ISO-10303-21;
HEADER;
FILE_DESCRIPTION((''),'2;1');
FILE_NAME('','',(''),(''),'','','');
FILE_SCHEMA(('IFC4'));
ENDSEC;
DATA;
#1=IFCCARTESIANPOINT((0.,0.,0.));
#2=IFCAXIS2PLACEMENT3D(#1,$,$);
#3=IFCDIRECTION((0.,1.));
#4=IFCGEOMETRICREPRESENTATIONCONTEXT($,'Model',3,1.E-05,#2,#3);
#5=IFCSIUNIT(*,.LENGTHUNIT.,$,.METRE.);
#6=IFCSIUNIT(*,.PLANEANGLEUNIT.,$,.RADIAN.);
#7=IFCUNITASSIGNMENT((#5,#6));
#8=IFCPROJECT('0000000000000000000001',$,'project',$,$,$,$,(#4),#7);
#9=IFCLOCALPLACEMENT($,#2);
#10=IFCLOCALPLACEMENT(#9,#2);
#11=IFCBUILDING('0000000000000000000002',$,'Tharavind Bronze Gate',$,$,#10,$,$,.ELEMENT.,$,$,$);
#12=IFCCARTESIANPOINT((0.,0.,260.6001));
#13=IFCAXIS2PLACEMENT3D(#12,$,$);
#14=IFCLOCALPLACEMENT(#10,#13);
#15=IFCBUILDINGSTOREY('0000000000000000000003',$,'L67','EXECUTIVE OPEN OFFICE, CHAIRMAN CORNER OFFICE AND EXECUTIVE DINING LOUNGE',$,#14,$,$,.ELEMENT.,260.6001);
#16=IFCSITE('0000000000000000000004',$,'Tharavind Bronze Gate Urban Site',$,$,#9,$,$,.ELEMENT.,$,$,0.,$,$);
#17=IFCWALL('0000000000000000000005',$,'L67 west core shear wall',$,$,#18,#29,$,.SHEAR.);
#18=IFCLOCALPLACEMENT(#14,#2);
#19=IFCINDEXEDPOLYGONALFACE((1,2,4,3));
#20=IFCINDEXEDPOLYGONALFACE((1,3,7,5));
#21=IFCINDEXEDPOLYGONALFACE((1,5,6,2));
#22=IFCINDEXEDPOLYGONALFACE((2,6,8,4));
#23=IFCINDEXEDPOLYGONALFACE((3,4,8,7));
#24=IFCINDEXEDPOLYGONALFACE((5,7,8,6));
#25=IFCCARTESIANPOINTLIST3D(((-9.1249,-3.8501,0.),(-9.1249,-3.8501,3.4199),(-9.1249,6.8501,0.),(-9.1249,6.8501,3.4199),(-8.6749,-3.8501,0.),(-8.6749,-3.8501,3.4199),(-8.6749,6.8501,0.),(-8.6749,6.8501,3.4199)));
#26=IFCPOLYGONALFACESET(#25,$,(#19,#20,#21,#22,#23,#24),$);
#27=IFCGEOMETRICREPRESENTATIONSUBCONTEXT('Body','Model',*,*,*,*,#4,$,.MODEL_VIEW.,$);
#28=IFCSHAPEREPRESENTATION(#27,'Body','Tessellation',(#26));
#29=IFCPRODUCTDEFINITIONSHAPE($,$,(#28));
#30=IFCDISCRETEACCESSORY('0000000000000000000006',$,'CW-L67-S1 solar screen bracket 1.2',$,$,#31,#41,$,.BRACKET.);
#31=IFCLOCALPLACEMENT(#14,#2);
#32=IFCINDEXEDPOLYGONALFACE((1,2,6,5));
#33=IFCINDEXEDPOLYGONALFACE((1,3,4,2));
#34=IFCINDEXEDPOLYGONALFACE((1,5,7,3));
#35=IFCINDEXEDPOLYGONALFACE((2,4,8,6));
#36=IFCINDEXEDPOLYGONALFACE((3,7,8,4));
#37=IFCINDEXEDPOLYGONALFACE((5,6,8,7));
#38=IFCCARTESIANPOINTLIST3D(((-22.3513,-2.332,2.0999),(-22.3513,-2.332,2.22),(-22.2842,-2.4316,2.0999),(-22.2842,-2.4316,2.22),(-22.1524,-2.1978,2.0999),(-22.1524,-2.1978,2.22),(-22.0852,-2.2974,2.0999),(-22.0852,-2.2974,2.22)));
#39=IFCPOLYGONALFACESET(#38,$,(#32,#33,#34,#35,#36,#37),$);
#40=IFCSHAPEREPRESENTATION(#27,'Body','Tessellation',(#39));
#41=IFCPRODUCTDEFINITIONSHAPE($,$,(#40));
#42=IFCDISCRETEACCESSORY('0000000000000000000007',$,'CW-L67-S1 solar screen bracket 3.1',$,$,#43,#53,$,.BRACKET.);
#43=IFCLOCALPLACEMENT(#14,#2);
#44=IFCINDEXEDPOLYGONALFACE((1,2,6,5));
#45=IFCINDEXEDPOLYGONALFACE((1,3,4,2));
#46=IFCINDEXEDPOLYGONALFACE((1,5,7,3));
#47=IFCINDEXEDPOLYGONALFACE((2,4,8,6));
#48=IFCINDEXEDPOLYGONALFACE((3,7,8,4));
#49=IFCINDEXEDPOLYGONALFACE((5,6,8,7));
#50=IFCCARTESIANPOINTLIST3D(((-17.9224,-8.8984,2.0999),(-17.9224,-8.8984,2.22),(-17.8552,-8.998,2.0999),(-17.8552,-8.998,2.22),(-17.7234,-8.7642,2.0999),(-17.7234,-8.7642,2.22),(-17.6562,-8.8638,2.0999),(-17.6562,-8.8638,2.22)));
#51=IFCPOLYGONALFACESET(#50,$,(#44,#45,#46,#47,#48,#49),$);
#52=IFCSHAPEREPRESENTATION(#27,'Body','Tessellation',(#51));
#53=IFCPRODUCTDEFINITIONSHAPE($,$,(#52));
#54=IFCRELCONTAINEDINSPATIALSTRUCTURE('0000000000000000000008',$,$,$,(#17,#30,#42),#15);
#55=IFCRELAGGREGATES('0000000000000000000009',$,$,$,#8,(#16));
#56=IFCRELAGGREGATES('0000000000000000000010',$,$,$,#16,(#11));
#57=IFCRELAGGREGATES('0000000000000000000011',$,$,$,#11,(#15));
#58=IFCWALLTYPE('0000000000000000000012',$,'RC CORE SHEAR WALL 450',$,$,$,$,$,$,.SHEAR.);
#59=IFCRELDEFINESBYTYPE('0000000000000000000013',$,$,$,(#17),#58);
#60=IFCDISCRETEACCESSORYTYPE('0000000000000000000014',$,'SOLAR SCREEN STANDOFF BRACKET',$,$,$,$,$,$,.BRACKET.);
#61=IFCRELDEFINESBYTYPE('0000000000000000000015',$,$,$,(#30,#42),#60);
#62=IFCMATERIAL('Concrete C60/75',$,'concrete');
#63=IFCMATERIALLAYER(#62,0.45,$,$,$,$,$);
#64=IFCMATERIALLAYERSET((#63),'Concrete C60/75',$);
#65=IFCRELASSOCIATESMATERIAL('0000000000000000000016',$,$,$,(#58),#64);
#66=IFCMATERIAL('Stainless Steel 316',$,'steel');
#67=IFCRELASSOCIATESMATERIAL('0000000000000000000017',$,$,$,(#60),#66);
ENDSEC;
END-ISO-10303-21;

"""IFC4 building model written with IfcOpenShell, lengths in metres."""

from ifc_helpers import new_model, si_unit, direction, frame, frame_2d, origin, origin_2d, place, context, subcontext, project, spatial, rectangle, extrude, material, layer, layer_set, type_object, element, save


model = new_model("IFC4")

# Units and contexts
model_context = context("Model", 3, precision=1e-05, world=origin(), true_north=direction((0.0, 1.0)))
body_context = subcontext(model_context, "Body", "Model", "MODEL_VIEW")
ifc_project = project(units=[si_unit("LENGTHUNIT", "METRE"), si_unit("PLANEANGLEUNIT", "RADIAN")], contexts=[model_context])

# Site, building, storey
site_placement = place(None, origin())
site = spatial("IfcSite", under=ifc_project, at=site_placement, Name="Tharavind Bronze Gate Urban Site", CompositionType="ELEMENT", RefElevation=0.0)
building_placement = place(site_placement, origin())
building = spatial("IfcBuilding", under=site, at=building_placement, Name="Tharavind Bronze Gate", CompositionType="ELEMENT")
storey_placement = place(building_placement, frame((0.0, 0.0, 260.6001)))
storey = spatial("IfcBuildingStorey", under=building, at=storey_placement, Name="L67", Description="EXECUTIVE OPEN OFFICE, CHAIRMAN CORNER OFFICE AND EXECUTIVE DINING LOUNGE", CompositionType="ELEMENT", Elevation=260.6001)

# Wall
ifc_material_1 = material(Name="Concrete C60/75", Category="concrete")
ifc_layer_1 = layer(ifc_material_1, 0.45)
ifc_layer_set_1 = layer_set([ifc_layer_1], Name="Concrete C60/75")
wall_type_1 = type_object("IfcWallType", Name="RC CORE SHEAR WALL 450", PredefinedType="SHEAR", material=ifc_layer_set_1)
wall_1_placement = place(storey_placement, frame((-8.8999, -3.8501, 0.0), z_axis=(0.0, 0.0, 1.0), x_axis=(0.0, 1.0, 0.0)))
element("IfcWall", 1, at=wall_1_placement, inside=storey, type_object=wall_type_1, Name="L67 west core shear wall", PredefinedType="SHEAR", context=body_context, shape_type="SweptSolid", body=[
    extrude(rectangle(XDim=10.7002, YDim=0.45, at=frame_2d((5.3501, 0.0))), origin(), (0.0, 0.0, 1.0), 3.4199),
])

# Discrete accessories
ifc_material_2 = material(Name="Stainless Steel 316", Category="steel")
discrete_accessory_type = type_object("IfcDiscreteAccessoryType", Name="SOLAR SCREEN STANDOFF BRACKET", PredefinedType="BRACKET", material=ifc_material_2)
for number, where, z_axis, x_axis, name in (
    (2, (-22.2183, -2.3147, 2.0999), (0.0, 0.0, 1.0), (0.559191, -0.829039, 0.0), "CW-L67-S1 solar screen bracket 1.2"),
    (3, (-17.7893, -8.8811, 2.0999), (0.0, 0.0, 1.0), (0.559191, -0.829039, 0.0), "CW-L67-S1 solar screen bracket 3.1"),
):
    element("IfcDiscreteAccessory", number, at=place(storey_placement, frame(where, z_axis=z_axis, x_axis=x_axis)), inside=storey, type_object=discrete_accessory_type, Name=name, PredefinedType="BRACKET", context=body_context, shape_type="SweptSolid", body=[
        extrude(rectangle(XDim=0.1201, YDim=0.24, at=origin_2d()), origin(), (0.0, 0.0, 1.0), 0.1201),
    ])

save(model, "model.ifc")
